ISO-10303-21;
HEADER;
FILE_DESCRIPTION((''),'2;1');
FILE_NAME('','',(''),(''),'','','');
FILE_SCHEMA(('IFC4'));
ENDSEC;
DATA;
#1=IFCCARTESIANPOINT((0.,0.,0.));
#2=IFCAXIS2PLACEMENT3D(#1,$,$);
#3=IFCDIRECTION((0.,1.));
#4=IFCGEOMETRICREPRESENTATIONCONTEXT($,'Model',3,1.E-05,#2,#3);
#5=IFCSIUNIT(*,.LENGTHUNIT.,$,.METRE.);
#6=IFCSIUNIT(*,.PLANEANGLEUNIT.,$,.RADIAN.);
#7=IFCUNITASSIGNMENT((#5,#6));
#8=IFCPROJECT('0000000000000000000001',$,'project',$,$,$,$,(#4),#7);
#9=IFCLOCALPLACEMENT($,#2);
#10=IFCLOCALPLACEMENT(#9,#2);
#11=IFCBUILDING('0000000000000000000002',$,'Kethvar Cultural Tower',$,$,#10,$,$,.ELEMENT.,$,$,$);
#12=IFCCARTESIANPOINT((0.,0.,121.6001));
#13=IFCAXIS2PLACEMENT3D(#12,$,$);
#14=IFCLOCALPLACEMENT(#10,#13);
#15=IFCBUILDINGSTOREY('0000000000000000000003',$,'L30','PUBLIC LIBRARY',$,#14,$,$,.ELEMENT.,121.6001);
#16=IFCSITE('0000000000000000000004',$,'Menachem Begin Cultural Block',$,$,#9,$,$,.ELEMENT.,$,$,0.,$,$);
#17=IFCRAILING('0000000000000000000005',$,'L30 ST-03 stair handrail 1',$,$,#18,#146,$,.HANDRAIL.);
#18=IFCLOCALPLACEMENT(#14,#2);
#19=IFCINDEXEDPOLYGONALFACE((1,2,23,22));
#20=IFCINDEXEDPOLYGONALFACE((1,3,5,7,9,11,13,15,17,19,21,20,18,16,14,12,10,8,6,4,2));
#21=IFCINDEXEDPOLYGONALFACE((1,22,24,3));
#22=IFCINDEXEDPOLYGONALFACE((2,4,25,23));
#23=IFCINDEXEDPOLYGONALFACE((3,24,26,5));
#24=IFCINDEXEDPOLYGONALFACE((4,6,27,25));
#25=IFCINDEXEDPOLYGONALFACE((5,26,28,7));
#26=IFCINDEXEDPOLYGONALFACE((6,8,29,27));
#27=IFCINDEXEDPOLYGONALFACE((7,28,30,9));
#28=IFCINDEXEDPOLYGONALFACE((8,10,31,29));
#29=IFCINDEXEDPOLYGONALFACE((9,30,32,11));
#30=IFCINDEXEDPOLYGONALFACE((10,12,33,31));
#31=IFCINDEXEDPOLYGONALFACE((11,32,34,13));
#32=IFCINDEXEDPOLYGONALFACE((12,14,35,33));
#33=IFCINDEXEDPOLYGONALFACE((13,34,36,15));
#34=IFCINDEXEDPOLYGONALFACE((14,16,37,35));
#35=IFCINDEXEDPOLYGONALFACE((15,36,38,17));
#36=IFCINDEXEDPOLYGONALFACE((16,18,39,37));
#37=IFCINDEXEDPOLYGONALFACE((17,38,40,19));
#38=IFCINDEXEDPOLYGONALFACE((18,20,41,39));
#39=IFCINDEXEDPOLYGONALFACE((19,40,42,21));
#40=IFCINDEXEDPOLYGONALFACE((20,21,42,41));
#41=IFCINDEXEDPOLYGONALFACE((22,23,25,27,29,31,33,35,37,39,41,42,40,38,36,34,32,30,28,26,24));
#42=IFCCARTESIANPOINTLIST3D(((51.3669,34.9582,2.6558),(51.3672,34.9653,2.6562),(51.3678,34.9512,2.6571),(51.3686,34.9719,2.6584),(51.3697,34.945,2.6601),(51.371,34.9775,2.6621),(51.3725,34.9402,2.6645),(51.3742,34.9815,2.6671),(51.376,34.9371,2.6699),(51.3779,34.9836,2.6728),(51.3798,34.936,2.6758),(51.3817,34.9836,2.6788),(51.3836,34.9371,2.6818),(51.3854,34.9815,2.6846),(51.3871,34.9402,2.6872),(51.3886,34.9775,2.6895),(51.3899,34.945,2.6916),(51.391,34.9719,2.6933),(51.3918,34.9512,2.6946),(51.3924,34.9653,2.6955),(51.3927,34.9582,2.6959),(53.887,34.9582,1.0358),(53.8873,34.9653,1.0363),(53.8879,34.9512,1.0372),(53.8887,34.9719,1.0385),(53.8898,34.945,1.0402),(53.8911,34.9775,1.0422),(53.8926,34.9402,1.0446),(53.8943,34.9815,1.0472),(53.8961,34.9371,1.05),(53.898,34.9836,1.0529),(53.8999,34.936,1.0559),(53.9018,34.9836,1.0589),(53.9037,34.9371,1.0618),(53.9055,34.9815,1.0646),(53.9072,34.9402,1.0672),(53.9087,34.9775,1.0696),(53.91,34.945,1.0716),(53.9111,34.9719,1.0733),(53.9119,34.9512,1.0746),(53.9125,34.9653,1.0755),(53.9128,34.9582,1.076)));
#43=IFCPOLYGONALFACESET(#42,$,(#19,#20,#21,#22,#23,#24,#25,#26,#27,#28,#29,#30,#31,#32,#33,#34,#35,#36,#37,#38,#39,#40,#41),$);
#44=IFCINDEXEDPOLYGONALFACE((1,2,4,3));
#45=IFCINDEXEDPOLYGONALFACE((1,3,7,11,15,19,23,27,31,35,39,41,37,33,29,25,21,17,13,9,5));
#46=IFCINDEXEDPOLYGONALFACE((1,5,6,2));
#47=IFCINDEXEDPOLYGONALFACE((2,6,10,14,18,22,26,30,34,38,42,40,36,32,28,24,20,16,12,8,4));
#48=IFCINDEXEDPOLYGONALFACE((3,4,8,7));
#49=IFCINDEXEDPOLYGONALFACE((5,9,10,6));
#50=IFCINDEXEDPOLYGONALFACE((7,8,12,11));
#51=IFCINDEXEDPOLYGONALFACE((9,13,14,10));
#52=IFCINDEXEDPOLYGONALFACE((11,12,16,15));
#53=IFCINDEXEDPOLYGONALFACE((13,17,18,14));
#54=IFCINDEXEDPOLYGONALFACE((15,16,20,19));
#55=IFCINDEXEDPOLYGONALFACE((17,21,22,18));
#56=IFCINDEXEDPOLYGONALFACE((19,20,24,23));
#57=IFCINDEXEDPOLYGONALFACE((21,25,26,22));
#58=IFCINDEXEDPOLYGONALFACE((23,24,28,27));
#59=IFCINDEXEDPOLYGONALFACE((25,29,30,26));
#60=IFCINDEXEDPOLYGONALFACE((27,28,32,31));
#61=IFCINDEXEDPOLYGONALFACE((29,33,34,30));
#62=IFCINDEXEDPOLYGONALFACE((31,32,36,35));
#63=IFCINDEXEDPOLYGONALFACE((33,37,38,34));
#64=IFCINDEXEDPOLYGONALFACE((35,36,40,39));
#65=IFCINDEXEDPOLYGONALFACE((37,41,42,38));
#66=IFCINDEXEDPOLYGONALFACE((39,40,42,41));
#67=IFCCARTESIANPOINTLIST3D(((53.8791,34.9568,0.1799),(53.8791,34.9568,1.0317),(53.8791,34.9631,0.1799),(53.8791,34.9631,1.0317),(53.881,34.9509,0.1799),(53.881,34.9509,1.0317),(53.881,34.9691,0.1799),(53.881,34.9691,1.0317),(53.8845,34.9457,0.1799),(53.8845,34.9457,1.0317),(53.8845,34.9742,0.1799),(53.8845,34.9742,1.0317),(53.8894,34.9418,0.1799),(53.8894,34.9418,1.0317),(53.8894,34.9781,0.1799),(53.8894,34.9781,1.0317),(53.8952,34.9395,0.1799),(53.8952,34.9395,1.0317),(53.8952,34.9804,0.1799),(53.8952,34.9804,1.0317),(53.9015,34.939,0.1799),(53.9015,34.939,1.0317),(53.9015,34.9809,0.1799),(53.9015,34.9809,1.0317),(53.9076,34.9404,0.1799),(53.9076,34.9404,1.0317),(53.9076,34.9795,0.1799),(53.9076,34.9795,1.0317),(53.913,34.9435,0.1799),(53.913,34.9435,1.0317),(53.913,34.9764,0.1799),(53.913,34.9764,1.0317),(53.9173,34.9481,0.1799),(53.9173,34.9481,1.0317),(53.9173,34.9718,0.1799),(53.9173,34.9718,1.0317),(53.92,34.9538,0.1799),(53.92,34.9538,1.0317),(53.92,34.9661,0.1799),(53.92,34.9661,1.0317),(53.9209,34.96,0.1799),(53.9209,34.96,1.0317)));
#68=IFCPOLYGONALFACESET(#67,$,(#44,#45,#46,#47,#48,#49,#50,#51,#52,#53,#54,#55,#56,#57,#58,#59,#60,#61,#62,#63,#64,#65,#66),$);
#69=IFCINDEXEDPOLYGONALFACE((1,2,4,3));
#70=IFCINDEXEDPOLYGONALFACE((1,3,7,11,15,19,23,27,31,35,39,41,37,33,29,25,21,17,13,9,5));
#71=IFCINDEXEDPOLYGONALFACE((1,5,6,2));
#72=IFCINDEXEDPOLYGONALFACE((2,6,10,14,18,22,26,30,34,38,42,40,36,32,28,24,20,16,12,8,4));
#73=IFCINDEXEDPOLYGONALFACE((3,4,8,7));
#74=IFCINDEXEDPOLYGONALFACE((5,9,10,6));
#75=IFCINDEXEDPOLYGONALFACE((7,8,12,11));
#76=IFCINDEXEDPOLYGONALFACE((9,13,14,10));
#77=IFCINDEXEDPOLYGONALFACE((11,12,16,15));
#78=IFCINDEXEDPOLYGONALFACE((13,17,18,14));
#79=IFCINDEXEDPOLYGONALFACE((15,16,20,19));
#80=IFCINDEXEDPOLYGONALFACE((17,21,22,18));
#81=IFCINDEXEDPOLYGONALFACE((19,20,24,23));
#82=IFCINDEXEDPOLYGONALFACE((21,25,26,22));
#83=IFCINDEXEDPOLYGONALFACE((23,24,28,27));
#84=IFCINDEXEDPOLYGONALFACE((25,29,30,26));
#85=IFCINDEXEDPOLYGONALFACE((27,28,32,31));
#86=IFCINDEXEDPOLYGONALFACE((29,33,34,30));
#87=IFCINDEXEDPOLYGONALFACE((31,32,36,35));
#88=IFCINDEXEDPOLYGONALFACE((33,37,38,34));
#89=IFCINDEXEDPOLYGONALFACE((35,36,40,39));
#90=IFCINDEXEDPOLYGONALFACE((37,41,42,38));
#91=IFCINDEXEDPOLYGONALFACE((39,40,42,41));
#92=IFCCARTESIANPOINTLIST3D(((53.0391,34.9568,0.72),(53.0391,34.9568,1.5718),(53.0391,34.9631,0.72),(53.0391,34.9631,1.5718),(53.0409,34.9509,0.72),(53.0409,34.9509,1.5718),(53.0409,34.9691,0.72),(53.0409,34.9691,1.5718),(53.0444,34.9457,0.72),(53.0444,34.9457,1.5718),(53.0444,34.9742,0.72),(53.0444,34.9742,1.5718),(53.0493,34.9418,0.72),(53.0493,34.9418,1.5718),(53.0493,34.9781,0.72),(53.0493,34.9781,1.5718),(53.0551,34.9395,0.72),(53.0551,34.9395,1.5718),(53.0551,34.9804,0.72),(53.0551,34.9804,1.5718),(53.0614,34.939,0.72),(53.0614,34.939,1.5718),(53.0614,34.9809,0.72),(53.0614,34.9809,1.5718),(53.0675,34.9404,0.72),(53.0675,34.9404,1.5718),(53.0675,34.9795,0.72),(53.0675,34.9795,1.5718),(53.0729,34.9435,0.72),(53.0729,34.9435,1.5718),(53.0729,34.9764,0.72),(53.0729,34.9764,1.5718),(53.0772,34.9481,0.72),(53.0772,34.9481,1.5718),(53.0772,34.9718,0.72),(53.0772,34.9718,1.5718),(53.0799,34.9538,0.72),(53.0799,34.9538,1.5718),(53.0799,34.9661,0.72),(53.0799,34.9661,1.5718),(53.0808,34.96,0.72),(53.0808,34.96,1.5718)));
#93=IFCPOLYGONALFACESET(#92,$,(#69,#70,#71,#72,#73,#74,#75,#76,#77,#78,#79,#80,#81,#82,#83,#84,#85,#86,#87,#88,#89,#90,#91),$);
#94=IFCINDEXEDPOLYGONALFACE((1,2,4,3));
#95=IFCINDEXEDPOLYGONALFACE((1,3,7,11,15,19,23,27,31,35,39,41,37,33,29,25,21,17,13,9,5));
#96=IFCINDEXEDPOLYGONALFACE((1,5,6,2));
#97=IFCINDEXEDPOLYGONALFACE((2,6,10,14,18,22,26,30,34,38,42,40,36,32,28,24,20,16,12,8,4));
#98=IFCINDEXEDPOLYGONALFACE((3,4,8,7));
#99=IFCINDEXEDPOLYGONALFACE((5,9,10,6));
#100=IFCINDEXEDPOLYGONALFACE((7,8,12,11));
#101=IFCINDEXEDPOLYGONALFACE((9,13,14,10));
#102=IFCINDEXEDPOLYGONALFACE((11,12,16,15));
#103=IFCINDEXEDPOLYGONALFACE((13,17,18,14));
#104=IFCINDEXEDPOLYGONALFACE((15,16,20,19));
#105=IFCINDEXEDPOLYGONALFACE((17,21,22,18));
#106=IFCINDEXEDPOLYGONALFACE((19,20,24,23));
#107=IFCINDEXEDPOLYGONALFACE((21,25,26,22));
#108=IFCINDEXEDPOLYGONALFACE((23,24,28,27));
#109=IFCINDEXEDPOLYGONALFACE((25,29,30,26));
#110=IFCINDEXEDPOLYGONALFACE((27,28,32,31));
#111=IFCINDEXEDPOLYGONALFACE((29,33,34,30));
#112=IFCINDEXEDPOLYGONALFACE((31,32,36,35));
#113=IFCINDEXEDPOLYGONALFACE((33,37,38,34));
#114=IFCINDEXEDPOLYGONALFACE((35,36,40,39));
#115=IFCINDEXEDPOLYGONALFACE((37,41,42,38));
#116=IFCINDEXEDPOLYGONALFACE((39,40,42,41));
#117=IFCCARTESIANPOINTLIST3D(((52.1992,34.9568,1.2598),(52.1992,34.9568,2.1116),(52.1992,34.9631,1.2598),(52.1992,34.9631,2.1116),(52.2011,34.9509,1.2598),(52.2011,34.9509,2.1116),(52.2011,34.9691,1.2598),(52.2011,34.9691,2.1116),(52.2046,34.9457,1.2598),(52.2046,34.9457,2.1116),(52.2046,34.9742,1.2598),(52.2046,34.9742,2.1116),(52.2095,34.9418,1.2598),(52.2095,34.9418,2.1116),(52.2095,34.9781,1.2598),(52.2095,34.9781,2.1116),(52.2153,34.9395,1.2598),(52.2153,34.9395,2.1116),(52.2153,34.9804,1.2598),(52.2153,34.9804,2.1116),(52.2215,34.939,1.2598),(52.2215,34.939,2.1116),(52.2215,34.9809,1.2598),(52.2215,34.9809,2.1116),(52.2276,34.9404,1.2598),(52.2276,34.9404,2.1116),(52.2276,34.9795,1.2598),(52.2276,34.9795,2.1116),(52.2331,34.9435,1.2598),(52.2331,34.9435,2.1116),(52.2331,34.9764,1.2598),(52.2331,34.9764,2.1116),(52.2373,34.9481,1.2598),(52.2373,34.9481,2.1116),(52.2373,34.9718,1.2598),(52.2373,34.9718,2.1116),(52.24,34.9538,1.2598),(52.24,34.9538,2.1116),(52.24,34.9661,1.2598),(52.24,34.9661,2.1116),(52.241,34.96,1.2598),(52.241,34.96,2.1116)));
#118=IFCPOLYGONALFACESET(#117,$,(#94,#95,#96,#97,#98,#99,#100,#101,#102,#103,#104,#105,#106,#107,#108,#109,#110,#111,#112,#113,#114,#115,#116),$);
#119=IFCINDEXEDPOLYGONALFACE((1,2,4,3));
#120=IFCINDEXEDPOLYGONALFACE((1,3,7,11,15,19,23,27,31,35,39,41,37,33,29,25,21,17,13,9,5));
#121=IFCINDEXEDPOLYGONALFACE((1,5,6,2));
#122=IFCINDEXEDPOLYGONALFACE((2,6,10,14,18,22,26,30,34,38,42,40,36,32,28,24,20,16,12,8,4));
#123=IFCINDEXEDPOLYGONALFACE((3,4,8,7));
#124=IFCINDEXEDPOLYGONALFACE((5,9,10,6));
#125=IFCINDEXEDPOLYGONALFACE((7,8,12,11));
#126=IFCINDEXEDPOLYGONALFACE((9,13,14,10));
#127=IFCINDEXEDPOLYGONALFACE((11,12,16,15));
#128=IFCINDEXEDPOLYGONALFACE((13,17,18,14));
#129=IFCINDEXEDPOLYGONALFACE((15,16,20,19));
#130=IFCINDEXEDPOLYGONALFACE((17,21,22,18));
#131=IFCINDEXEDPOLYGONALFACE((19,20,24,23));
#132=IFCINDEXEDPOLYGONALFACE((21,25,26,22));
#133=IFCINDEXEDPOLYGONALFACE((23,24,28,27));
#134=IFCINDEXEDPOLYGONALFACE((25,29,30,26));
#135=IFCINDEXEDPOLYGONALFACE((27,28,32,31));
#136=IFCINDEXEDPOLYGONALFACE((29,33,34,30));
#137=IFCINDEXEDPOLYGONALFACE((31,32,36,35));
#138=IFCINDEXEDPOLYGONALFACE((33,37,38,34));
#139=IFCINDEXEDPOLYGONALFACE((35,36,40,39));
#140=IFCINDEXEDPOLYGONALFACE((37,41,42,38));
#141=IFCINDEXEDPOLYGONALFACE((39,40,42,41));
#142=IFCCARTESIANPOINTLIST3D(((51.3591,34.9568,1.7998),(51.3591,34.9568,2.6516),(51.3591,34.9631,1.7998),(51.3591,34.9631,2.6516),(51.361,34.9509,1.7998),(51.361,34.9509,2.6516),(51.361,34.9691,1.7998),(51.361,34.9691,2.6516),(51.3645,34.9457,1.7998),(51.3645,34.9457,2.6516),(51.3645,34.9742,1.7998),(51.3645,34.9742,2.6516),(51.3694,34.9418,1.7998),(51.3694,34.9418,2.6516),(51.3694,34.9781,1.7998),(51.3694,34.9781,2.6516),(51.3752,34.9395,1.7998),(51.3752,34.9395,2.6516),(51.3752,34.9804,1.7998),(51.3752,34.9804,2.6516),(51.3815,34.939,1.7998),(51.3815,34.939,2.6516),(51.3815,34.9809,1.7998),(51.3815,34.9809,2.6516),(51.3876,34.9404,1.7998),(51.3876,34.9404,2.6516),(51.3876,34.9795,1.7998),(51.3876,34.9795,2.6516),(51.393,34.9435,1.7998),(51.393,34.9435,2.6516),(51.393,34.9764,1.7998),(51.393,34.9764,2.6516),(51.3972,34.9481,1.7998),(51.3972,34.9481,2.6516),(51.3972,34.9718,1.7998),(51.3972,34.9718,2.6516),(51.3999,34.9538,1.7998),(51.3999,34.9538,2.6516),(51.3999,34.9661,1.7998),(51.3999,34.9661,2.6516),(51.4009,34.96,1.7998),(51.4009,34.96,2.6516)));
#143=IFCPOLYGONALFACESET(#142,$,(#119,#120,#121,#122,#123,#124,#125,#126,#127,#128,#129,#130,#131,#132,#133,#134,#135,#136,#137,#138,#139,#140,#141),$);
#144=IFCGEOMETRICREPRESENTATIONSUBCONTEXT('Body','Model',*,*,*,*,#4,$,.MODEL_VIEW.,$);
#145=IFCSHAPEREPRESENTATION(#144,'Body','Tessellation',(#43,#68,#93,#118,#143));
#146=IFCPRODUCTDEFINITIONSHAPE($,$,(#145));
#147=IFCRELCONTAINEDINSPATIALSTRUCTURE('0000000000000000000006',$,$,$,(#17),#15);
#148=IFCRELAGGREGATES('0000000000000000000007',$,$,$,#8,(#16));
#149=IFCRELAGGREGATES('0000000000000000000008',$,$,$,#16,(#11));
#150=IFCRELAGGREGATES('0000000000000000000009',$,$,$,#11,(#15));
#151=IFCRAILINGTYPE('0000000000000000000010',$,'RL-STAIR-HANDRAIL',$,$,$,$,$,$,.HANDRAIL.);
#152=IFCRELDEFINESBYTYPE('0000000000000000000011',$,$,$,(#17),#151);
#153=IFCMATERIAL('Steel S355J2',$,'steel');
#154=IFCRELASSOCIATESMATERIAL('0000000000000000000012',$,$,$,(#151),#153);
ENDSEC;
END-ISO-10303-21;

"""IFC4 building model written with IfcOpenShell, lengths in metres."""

from ifc_helpers import new_model, si_unit, direction, frame, origin, origin_2d, place, context, subcontext, project, spatial, circle, extrude, material, type_object, element, save


model = new_model("IFC4")

# Units and contexts
model_context = context("Model", 3, precision=1e-05, world=origin(), true_north=direction((0.0, 1.0)))
body_context = subcontext(model_context, "Body", "Model", "MODEL_VIEW")
ifc_project = project(units=[si_unit("LENGTHUNIT", "METRE"), si_unit("PLANEANGLEUNIT", "RADIAN")], contexts=[model_context])

# Site, building, storey
site_placement = place(None, origin())
site = spatial("IfcSite", under=ifc_project, at=site_placement, Name="Menachem Begin Cultural Block", CompositionType="ELEMENT", RefElevation=0.0)
building_placement = place(site_placement, origin())
building = spatial("IfcBuilding", under=site, at=building_placement, Name="Kethvar Cultural Tower", CompositionType="ELEMENT")
storey_placement = place(building_placement, frame((0.0, 0.0, 121.6001)))
storey = spatial("IfcBuildingStorey", under=building, at=storey_placement, Name="L30", Description="PUBLIC LIBRARY", CompositionType="ELEMENT", Elevation=121.6001)

# Shared definitions
ifc_material_1 = material(Name="Steel S355J2", Category="steel")

# Railing
railing_type_1 = type_object("IfcRailingType", Name="RL-STAIR-HANDRAIL", PredefinedType="HANDRAIL", material=ifc_material_1)
railing_1_placement = place(storey_placement, frame((53.8999, 34.96, 0.1799)))
element("IfcRailing", 1, at=railing_1_placement, inside=storey, type_object=railing_type_1, Name="L30 ST-03 stair handrail 1", PredefinedType="HANDRAIL", context=body_context, shape_type="SweptSolid", body=[
    extrude(circle(Radius=0.0239, at=origin_2d()), frame((0.0, 0.0, 0.876), z_axis=(-0.8412, 0.0, 0.540725), x_axis=(0.0, -1.0, 0.0)), (0.0, 0.0, 1.0), 2.9958),
    extrude(circle(Radius=0.021, at=origin_2d()), origin(), (0.0, 0.0, 1.0), 0.8518),
    extrude(circle(Radius=0.021, at=origin_2d()), frame((-0.8401, 0.0, 0.54)), (0.0, 0.0, 1.0), 0.8518),
    extrude(circle(Radius=0.021, at=origin_2d()), frame((-1.6799, 0.0, 1.0798)), (0.0, 0.0, 1.0), 0.8518),
    extrude(circle(Radius=0.021, at=origin_2d()), frame((-2.52, 0.0, 1.6199)), (0.0, 0.0, 1.0), 0.8518),
])

save(model, "model.ifc")
